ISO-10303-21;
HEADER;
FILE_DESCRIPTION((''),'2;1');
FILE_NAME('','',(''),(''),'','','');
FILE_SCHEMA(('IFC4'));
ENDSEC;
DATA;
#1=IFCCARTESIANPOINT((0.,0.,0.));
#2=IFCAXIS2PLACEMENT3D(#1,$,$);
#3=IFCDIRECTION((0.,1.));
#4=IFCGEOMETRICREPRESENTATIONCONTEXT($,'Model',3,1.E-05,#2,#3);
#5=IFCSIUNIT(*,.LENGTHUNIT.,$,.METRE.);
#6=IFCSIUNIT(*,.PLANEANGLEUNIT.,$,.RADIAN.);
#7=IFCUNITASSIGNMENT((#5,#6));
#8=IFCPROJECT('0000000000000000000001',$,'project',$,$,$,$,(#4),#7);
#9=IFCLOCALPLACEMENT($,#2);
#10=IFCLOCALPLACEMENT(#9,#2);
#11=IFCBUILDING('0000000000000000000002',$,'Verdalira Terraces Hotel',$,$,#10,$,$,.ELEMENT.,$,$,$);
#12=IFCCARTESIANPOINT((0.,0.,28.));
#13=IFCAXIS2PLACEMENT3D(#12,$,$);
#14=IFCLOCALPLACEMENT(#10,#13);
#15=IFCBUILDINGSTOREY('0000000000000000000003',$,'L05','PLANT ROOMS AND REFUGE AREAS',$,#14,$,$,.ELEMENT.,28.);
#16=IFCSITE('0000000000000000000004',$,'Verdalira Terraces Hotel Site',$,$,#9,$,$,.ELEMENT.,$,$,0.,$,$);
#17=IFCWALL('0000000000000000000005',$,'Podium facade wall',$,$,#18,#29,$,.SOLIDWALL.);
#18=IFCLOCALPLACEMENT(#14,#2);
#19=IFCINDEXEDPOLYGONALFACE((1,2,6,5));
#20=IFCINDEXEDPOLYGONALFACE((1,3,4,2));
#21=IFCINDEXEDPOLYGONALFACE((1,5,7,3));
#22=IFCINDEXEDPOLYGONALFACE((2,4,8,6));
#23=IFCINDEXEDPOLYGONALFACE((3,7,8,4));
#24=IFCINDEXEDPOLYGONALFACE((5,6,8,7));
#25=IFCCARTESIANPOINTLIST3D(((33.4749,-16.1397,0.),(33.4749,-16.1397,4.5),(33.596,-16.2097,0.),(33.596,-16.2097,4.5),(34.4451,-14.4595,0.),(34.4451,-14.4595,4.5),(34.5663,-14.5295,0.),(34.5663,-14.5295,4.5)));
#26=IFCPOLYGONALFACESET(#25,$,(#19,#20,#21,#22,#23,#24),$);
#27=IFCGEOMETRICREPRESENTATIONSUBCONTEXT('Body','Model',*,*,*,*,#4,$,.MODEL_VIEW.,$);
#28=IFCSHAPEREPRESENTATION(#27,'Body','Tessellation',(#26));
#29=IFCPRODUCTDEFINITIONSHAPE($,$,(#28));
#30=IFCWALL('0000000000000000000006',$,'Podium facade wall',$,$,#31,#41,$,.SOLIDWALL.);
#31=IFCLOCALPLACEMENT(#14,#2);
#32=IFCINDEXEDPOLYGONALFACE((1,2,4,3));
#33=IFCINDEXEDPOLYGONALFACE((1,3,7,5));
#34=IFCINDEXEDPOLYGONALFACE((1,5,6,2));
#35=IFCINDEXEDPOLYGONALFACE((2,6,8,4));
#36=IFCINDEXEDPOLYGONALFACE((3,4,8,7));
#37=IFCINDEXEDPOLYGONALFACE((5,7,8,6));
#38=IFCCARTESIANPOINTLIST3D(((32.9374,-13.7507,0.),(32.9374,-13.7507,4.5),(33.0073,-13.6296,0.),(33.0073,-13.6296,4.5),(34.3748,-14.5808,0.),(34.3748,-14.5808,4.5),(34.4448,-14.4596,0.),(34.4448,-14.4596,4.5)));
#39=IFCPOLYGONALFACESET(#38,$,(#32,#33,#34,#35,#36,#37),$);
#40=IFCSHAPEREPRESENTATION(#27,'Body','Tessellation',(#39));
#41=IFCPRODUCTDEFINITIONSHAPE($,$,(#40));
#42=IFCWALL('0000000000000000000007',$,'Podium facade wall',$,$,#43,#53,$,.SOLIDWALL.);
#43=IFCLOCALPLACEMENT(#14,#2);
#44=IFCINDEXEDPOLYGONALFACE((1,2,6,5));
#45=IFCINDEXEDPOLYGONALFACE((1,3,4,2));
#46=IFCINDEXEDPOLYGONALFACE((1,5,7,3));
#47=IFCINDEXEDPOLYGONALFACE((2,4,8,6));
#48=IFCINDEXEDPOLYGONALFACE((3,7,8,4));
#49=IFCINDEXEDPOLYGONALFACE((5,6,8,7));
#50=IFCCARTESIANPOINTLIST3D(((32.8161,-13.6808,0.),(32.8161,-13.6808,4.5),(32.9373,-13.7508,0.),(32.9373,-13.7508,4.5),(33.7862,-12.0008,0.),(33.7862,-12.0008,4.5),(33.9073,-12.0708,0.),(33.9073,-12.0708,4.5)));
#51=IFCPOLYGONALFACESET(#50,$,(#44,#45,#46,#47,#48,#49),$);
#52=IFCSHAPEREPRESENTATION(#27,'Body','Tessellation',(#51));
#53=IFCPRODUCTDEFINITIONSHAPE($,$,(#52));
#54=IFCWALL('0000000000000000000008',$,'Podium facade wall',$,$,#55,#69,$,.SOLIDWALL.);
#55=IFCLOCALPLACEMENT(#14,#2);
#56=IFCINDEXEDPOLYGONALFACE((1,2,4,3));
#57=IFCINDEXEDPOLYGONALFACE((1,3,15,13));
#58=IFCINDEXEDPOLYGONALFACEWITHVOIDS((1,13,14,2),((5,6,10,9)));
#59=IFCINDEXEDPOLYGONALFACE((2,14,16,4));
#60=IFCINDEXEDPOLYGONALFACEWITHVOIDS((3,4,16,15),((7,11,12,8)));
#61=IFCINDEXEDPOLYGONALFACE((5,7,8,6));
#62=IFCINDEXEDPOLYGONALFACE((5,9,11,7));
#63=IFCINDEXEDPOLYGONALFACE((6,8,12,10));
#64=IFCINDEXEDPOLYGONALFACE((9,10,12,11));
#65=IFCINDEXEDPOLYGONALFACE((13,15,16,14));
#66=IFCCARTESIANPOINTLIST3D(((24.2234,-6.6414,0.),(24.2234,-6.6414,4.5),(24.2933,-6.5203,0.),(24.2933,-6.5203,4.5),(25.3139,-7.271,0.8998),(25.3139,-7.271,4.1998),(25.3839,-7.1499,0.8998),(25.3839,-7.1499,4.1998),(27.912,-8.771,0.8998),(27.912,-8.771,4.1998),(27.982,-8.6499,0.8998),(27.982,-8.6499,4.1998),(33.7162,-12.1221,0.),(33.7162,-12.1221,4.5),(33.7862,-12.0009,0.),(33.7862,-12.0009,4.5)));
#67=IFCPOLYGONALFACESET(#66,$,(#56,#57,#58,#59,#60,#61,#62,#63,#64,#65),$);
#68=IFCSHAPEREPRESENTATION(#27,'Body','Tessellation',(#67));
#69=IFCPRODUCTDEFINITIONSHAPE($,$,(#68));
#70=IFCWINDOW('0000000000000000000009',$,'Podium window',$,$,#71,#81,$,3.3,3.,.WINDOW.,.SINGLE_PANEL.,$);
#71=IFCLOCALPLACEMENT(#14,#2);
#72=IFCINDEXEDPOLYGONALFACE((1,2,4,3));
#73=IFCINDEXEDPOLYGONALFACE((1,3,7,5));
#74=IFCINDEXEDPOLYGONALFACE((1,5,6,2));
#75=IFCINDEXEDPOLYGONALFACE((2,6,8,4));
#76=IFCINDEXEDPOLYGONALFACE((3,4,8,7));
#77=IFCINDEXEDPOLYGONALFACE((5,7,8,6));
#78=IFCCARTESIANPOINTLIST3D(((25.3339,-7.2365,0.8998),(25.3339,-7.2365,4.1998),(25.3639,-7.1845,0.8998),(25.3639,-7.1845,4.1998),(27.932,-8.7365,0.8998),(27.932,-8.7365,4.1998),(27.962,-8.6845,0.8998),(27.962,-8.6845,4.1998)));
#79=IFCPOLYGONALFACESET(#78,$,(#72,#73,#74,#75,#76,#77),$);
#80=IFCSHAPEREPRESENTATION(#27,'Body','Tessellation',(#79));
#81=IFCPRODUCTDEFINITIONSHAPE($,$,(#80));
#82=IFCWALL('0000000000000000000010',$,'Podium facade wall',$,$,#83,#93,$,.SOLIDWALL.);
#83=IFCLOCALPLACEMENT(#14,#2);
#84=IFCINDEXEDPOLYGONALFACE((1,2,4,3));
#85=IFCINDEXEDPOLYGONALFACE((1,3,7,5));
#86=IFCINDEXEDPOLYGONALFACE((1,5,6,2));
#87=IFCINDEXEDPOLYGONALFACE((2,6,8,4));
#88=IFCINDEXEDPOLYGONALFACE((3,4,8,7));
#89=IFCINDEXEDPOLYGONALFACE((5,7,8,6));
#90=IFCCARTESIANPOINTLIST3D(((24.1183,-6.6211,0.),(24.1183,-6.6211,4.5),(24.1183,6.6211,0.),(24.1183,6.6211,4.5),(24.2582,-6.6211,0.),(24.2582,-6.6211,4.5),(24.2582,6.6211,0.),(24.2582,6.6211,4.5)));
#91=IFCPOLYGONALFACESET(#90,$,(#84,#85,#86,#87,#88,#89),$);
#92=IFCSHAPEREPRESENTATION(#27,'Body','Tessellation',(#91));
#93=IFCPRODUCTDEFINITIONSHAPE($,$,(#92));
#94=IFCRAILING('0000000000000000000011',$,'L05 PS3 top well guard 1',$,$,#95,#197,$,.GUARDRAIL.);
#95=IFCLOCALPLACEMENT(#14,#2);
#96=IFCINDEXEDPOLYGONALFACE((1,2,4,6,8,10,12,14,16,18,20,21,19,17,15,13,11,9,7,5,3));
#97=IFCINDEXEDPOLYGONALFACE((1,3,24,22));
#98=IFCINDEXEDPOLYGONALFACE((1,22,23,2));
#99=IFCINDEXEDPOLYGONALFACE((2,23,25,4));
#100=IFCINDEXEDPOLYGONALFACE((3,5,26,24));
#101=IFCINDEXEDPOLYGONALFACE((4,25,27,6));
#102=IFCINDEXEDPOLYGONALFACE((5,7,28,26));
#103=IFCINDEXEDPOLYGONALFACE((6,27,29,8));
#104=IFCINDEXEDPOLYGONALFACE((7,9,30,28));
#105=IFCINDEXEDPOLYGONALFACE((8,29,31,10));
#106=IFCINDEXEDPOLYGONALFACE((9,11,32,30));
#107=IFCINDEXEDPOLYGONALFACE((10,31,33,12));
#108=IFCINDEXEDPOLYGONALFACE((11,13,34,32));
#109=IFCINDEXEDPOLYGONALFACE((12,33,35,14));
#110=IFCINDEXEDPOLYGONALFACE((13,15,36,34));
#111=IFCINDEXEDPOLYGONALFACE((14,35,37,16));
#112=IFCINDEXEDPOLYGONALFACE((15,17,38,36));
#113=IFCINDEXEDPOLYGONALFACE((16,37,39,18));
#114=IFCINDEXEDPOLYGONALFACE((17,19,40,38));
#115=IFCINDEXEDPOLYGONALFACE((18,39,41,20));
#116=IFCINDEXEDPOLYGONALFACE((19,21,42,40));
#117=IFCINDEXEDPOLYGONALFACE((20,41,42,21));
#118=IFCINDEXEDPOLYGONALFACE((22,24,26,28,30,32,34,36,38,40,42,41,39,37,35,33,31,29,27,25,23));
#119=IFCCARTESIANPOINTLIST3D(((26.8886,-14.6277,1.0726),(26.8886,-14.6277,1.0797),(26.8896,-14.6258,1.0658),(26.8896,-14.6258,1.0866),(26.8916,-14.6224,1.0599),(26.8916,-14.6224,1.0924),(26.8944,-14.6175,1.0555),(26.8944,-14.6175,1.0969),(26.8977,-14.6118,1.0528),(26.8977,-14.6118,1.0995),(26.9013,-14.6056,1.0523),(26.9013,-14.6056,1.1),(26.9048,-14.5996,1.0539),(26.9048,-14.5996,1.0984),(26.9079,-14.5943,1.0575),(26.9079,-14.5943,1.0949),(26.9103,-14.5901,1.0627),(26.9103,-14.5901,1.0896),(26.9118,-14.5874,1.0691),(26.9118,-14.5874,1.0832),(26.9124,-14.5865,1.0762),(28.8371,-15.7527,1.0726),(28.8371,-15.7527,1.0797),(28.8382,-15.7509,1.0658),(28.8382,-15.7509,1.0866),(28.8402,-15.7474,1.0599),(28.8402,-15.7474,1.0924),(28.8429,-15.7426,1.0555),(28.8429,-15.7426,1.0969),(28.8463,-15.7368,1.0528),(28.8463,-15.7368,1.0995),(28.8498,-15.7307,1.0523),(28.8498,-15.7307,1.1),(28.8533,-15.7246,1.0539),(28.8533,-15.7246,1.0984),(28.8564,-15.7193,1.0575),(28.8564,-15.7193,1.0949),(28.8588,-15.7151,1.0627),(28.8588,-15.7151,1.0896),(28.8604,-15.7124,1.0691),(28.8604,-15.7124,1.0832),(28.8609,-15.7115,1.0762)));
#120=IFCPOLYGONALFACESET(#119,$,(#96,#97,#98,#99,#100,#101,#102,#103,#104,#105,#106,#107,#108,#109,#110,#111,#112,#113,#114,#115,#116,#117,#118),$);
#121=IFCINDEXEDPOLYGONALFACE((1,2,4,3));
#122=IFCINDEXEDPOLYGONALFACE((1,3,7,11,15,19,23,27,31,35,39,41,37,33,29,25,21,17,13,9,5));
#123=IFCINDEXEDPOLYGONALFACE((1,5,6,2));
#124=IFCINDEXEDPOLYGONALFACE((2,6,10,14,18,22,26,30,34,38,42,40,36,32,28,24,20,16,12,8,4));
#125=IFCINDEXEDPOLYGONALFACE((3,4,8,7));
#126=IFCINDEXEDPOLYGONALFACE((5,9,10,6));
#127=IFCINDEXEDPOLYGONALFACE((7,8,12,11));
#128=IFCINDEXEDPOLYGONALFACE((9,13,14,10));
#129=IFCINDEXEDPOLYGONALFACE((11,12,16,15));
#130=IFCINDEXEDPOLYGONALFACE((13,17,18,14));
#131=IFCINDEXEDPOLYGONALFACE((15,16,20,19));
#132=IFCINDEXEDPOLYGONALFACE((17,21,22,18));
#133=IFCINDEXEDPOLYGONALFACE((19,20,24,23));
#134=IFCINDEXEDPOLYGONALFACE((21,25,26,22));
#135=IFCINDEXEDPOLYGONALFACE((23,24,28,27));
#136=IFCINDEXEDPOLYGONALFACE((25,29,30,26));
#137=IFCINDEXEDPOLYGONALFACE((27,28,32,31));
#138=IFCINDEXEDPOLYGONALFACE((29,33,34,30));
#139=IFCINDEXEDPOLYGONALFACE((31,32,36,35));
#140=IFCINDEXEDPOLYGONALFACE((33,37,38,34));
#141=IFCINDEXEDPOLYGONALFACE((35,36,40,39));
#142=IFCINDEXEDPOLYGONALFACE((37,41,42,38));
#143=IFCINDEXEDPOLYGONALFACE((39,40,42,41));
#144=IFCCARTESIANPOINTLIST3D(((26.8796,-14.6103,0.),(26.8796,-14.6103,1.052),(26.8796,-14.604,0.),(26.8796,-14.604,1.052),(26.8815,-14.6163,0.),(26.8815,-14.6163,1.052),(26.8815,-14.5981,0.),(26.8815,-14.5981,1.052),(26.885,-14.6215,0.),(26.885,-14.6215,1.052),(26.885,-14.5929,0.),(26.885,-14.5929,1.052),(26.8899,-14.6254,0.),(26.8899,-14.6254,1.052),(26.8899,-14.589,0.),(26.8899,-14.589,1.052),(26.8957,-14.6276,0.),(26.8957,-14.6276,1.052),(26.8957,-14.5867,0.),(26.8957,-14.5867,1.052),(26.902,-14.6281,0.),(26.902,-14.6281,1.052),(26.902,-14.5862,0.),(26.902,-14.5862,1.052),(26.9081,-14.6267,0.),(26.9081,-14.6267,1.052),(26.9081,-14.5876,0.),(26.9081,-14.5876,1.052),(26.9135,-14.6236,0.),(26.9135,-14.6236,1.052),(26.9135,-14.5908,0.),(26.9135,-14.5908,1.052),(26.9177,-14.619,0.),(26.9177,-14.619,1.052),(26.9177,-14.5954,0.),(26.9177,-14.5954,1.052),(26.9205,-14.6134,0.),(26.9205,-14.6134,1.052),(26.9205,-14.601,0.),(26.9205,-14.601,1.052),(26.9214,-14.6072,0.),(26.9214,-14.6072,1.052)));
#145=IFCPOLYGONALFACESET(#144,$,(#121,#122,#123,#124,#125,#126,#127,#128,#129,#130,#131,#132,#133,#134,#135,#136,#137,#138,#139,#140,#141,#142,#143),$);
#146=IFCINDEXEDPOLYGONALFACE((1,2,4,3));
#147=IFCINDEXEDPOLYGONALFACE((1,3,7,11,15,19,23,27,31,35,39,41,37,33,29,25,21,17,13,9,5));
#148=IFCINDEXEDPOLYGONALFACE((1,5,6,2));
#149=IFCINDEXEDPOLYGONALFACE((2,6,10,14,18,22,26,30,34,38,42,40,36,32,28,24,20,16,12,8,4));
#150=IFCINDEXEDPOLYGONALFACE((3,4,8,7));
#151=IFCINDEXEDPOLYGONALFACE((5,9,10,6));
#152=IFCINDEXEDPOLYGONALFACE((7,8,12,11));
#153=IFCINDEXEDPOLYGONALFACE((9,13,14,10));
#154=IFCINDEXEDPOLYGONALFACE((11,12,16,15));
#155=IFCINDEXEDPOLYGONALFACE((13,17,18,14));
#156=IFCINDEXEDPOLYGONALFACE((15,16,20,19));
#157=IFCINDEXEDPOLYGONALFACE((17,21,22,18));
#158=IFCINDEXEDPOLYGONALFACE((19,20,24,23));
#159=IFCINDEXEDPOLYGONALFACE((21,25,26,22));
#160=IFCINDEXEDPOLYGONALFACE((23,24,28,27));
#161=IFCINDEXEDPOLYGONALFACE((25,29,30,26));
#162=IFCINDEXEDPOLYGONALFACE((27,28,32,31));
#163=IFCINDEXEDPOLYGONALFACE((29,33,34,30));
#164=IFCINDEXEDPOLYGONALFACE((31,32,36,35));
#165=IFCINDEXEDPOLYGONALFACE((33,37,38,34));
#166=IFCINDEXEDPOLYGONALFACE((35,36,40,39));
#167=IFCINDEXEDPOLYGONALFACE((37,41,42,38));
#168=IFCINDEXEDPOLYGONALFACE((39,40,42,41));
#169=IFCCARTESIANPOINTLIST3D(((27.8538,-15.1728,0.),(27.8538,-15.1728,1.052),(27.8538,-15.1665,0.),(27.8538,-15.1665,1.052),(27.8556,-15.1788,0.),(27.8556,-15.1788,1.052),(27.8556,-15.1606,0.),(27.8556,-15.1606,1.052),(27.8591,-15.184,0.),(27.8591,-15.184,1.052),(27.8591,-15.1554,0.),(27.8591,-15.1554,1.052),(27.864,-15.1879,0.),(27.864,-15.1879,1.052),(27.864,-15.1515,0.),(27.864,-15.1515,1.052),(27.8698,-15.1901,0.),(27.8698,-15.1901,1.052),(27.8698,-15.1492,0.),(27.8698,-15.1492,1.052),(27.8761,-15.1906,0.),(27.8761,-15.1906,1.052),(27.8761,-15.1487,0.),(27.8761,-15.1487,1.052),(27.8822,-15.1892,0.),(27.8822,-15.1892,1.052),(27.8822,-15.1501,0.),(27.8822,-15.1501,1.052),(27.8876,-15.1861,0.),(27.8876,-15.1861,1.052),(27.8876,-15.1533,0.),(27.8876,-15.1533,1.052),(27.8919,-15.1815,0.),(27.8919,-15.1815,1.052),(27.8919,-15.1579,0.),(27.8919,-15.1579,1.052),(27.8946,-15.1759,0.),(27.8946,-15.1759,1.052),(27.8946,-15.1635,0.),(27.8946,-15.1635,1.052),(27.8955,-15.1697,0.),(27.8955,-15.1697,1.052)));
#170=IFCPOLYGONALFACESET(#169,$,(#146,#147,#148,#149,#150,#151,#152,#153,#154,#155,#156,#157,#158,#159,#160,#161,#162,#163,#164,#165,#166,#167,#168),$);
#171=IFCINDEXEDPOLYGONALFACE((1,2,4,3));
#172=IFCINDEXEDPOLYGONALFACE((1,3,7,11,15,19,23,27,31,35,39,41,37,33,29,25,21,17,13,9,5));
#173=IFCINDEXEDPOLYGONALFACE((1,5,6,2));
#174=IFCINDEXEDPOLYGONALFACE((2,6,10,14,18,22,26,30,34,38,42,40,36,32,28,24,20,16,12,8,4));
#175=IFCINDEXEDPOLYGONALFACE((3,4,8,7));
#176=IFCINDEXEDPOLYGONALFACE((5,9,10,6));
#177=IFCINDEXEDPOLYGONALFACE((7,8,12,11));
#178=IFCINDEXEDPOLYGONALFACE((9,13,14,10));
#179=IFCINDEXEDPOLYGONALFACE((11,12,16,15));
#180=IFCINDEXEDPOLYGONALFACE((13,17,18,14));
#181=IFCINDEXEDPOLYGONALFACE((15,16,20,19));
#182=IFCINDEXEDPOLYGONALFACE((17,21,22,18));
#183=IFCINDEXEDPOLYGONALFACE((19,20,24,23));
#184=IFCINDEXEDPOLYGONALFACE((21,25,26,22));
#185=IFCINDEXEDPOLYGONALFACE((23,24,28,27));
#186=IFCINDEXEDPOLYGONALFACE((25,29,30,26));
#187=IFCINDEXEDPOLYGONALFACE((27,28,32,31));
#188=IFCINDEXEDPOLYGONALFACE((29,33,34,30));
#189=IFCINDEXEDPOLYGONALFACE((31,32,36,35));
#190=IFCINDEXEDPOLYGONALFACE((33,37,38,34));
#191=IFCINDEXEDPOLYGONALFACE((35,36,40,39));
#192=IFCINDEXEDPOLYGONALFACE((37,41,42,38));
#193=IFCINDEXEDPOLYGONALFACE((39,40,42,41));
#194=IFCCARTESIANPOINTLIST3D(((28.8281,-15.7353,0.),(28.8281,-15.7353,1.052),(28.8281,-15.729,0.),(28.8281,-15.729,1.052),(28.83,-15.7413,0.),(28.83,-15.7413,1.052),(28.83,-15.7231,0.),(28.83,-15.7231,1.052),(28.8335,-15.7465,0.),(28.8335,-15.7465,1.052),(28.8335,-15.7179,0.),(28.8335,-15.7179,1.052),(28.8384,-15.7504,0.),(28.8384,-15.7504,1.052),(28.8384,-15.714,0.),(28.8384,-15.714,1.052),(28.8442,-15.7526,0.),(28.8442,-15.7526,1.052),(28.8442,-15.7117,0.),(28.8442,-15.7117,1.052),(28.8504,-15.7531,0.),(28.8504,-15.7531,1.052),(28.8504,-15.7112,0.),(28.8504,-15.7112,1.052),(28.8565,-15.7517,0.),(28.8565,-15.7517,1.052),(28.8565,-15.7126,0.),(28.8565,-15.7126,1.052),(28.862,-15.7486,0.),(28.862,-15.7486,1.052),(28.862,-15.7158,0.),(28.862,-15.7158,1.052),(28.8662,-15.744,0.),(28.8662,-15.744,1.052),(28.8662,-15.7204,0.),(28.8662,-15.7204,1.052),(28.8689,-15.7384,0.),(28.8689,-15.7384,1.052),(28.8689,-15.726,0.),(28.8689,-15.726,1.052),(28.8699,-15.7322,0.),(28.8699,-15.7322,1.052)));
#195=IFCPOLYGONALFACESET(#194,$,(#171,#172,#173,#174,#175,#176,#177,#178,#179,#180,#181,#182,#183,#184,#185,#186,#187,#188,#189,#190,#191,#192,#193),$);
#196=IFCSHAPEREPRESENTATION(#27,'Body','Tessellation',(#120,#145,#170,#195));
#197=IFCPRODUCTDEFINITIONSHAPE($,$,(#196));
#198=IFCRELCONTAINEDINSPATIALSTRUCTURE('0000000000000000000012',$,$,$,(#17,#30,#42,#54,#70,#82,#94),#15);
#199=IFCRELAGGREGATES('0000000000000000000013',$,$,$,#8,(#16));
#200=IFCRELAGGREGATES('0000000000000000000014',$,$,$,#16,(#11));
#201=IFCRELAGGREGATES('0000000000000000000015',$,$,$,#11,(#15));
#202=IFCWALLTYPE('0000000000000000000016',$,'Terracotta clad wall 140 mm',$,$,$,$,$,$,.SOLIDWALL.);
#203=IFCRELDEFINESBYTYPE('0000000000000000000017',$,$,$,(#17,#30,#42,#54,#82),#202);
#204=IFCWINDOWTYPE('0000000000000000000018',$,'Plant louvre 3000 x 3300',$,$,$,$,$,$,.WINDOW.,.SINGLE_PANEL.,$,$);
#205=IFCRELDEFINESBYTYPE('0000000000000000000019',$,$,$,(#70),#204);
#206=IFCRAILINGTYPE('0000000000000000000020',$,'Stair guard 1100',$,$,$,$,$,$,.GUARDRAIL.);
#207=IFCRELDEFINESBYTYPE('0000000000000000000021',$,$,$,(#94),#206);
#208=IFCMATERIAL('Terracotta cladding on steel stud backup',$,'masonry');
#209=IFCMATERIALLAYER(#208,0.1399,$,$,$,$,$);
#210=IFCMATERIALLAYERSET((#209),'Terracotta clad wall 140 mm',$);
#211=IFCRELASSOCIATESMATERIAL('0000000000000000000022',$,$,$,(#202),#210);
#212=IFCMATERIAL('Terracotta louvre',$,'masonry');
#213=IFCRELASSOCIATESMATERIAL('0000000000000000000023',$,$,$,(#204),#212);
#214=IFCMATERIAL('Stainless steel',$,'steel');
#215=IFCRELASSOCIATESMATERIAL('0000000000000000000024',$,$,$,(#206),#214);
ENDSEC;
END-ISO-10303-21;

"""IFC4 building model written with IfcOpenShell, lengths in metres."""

from ifc_helpers import new_model, si_unit, direction, frame, frame_2d, origin, origin_2d, place, context, subcontext, project, spatial, rectangle, circle, extrude, material, layer, layer_set, type_object, element, fill, save


model = new_model("IFC4")

# Units and contexts
model_context = context("Model", 3, precision=1e-05, world=origin(), true_north=direction((0.0, 1.0)))
body_context = subcontext(model_context, "Body", "Model", "MODEL_VIEW")
ifc_project = project(units=[si_unit("LENGTHUNIT", "METRE"), si_unit("PLANEANGLEUNIT", "RADIAN")], contexts=[model_context])

# Site, building, storey
site_placement = place(None, origin())
site = spatial("IfcSite", under=ifc_project, at=site_placement, Name="Verdalira Terraces Hotel Site", CompositionType="ELEMENT", RefElevation=0.0)
building_placement = place(site_placement, origin())
building = spatial("IfcBuilding", under=site, at=building_placement, Name="Verdalira Terraces Hotel", CompositionType="ELEMENT")
storey_placement = place(building_placement, frame((0.0, 0.0, 28.0)))
storey = spatial("IfcBuildingStorey", under=building, at=storey_placement, Name="L05", Description="PLANT ROOMS AND REFUGE AREAS", CompositionType="ELEMENT", Elevation=28.0)

# Walls
ifc_material_1 = material(Name="Terracotta cladding on steel stud backup", Category="masonry")
ifc_layer_1 = layer(ifc_material_1, 0.1399)
ifc_layer_set_1 = layer_set([ifc_layer_1], Name="Terracotta clad wall 140 mm")
wall_type_1 = type_object("IfcWallType", Name="Terracotta clad wall 140 mm", PredefinedType="SOLIDWALL", material=ifc_layer_set_1)
wall_1_placement = place(storey_placement, frame((33.5354, -16.1748, 0.0), z_axis=(0.0, 0.0, 1.0), x_axis=(0.500064, 0.865989, 0.0)))
element("IfcWall", 1, at=wall_1_placement, inside=storey, type_object=wall_type_1, Name="Podium facade wall", PredefinedType="SOLIDWALL", context=body_context, shape_type="SweptSolid", body=[
    extrude(rectangle(XDim=1.9402, YDim=0.1399, at=frame_2d((0.9702, 0.0))), origin(), (0.0, 0.0, 1.0), 4.5),
])
wall_2_placement = place(storey_placement, frame((34.4099, -14.5203, 0.0), z_axis=(0.0, 0.0, 1.0), x_axis=(-0.86599, 0.500062, 0.0)))
element("IfcWall", 2, at=wall_2_placement, inside=storey, type_object=wall_type_1, Name="Podium facade wall", PredefinedType="SOLIDWALL", context=body_context, shape_type="SweptSolid", body=[
    extrude(rectangle(XDim=1.6599, YDim=0.1399, at=frame_2d((0.8301, 0.0))), origin(), (0.0, 0.0, 1.0), 4.5),
])
wall_3_placement = place(storey_placement, frame((32.8767, -13.7158, 0.0), z_axis=(0.0, 0.0, 1.0), x_axis=(0.500024, 0.866012, 0.0)))
element("IfcWall", 3, at=wall_3_placement, inside=storey, type_object=wall_type_1, Name="Podium facade wall", PredefinedType="SOLIDWALL", context=body_context, shape_type="SweptSolid", body=[
    extrude(rectangle(XDim=1.9399, YDim=0.1399, at=frame_2d((0.97, 0.0))), origin(), (0.0, 0.0, 1.0), 4.5),
])

# Wall, opening, window
wall_4_placement = place(storey_placement, frame((33.7512, -12.0615, 0.0), z_axis=(0.0, 0.0, 1.0), x_axis=(-0.866026, 0.499998, 0.0)))
wall_4 = element("IfcWall", 4, at=wall_4_placement, inside=storey, type_object=wall_type_1, Name="Podium facade wall", PredefinedType="SOLIDWALL", context=body_context, shape_type="SweptSolid", body=[
    extrude(rectangle(XDim=10.9614, YDim=0.1399, at=frame_2d((5.4807, 0.0))), origin(), (0.0, 0.0, 1.0), 4.5),
])
opening_1_placement = place(wall_4_placement, frame((6.7021, 0.0, 0.8999)))
opening_1 = element("IfcOpeningElement", 5, at=opening_1_placement, cuts=wall_4, PredefinedType="OPENING", context=body_context, shape_type="SweptSolid", body=[
    extrude(rectangle(XDim=3.0, YDim=3.3, at=frame_2d((1.5, 1.6499))), frame((0.0, 0.0798, 0.0), z_axis=(0.0, -1.0, 0.0), x_axis=(1.0, 0.0, 0.0)), (0.0, 0.0, 1.0), 0.1599),
])
ifc_material_2 = material(Name="Terracotta louvre", Category="masonry")
window_type = type_object("IfcWindowType", Name="Plant louvre 3000 x 3300", PartitioningType="SINGLE_PANEL", PredefinedType="WINDOW", material=ifc_material_2)
window_placement = place(opening_1_placement, origin())
window = element("IfcWindow", 6, at=window_placement, inside=storey, type_object=window_type, Name="Podium window", OverallHeight=3.3, OverallWidth=3.0, PartitioningType="SINGLE_PANEL", PredefinedType="WINDOW", context=body_context, shape_type="SweptSolid", body=[
    extrude(rectangle(XDim=3.0, YDim=3.3, at=frame_2d((1.5, 1.6499))), frame((0.0, 0.03, 0.0), z_axis=(0.0, -1.0, 0.0), x_axis=(1.0, 0.0, 0.0)), (0.0, 0.0, 1.0), 0.0601),
])
fill(opening_1, window)

# Wall
wall_5_placement = place(storey_placement, frame((24.1882, -6.6211, 0.0), z_axis=(0.0, 0.0, 1.0), x_axis=(0.0, 1.0, 0.0)))
element("IfcWall", 7, at=wall_5_placement, inside=storey, type_object=wall_type_1, Name="Podium facade wall", PredefinedType="SOLIDWALL", context=body_context, shape_type="SweptSolid", body=[
    extrude(rectangle(XDim=13.2422, YDim=0.1399, at=frame_2d((6.6211, 0.0))), origin(), (0.0, 0.0, 1.0), 4.5),
])

# Railing
ifc_material_3 = material(Name="Stainless steel", Category="steel")
railing_type = type_object("IfcRailingType", Name="Stair guard 1100", PredefinedType="GUARDRAIL", material=ifc_material_3)
railing_placement = place(storey_placement, frame((26.9004, -14.6072, 0.0)))
element("IfcRailing", 8, at=railing_placement, inside=storey, type_object=railing_type, Name="L05 PS3 top well guard 1", PredefinedType="GUARDRAIL", context=body_context, shape_type="SweptSolid", body=[
    extrude(circle(Radius=0.0239, at=origin_2d()), frame((0.0, 0.0, 1.0762), z_axis=(0.866018, -0.500014, 0.0), x_axis=(0.500014, 0.866018, 0.0)), (0.0, 0.0, 1.0), 2.25),
    extrude(circle(Radius=0.021, at=origin_2d()), origin(), (0.0, 0.0, 1.0), 1.052),
    extrude(circle(Radius=0.021, at=origin_2d()), frame((0.9741, -0.5625, 0.0)), (0.0, 0.0, 1.0), 1.052),
    extrude(circle(Radius=0.021, at=origin_2d()), frame((1.9485, -1.125, 0.0)), (0.0, 0.0, 1.0), 1.052),
])

save(model, "model.ifc")
